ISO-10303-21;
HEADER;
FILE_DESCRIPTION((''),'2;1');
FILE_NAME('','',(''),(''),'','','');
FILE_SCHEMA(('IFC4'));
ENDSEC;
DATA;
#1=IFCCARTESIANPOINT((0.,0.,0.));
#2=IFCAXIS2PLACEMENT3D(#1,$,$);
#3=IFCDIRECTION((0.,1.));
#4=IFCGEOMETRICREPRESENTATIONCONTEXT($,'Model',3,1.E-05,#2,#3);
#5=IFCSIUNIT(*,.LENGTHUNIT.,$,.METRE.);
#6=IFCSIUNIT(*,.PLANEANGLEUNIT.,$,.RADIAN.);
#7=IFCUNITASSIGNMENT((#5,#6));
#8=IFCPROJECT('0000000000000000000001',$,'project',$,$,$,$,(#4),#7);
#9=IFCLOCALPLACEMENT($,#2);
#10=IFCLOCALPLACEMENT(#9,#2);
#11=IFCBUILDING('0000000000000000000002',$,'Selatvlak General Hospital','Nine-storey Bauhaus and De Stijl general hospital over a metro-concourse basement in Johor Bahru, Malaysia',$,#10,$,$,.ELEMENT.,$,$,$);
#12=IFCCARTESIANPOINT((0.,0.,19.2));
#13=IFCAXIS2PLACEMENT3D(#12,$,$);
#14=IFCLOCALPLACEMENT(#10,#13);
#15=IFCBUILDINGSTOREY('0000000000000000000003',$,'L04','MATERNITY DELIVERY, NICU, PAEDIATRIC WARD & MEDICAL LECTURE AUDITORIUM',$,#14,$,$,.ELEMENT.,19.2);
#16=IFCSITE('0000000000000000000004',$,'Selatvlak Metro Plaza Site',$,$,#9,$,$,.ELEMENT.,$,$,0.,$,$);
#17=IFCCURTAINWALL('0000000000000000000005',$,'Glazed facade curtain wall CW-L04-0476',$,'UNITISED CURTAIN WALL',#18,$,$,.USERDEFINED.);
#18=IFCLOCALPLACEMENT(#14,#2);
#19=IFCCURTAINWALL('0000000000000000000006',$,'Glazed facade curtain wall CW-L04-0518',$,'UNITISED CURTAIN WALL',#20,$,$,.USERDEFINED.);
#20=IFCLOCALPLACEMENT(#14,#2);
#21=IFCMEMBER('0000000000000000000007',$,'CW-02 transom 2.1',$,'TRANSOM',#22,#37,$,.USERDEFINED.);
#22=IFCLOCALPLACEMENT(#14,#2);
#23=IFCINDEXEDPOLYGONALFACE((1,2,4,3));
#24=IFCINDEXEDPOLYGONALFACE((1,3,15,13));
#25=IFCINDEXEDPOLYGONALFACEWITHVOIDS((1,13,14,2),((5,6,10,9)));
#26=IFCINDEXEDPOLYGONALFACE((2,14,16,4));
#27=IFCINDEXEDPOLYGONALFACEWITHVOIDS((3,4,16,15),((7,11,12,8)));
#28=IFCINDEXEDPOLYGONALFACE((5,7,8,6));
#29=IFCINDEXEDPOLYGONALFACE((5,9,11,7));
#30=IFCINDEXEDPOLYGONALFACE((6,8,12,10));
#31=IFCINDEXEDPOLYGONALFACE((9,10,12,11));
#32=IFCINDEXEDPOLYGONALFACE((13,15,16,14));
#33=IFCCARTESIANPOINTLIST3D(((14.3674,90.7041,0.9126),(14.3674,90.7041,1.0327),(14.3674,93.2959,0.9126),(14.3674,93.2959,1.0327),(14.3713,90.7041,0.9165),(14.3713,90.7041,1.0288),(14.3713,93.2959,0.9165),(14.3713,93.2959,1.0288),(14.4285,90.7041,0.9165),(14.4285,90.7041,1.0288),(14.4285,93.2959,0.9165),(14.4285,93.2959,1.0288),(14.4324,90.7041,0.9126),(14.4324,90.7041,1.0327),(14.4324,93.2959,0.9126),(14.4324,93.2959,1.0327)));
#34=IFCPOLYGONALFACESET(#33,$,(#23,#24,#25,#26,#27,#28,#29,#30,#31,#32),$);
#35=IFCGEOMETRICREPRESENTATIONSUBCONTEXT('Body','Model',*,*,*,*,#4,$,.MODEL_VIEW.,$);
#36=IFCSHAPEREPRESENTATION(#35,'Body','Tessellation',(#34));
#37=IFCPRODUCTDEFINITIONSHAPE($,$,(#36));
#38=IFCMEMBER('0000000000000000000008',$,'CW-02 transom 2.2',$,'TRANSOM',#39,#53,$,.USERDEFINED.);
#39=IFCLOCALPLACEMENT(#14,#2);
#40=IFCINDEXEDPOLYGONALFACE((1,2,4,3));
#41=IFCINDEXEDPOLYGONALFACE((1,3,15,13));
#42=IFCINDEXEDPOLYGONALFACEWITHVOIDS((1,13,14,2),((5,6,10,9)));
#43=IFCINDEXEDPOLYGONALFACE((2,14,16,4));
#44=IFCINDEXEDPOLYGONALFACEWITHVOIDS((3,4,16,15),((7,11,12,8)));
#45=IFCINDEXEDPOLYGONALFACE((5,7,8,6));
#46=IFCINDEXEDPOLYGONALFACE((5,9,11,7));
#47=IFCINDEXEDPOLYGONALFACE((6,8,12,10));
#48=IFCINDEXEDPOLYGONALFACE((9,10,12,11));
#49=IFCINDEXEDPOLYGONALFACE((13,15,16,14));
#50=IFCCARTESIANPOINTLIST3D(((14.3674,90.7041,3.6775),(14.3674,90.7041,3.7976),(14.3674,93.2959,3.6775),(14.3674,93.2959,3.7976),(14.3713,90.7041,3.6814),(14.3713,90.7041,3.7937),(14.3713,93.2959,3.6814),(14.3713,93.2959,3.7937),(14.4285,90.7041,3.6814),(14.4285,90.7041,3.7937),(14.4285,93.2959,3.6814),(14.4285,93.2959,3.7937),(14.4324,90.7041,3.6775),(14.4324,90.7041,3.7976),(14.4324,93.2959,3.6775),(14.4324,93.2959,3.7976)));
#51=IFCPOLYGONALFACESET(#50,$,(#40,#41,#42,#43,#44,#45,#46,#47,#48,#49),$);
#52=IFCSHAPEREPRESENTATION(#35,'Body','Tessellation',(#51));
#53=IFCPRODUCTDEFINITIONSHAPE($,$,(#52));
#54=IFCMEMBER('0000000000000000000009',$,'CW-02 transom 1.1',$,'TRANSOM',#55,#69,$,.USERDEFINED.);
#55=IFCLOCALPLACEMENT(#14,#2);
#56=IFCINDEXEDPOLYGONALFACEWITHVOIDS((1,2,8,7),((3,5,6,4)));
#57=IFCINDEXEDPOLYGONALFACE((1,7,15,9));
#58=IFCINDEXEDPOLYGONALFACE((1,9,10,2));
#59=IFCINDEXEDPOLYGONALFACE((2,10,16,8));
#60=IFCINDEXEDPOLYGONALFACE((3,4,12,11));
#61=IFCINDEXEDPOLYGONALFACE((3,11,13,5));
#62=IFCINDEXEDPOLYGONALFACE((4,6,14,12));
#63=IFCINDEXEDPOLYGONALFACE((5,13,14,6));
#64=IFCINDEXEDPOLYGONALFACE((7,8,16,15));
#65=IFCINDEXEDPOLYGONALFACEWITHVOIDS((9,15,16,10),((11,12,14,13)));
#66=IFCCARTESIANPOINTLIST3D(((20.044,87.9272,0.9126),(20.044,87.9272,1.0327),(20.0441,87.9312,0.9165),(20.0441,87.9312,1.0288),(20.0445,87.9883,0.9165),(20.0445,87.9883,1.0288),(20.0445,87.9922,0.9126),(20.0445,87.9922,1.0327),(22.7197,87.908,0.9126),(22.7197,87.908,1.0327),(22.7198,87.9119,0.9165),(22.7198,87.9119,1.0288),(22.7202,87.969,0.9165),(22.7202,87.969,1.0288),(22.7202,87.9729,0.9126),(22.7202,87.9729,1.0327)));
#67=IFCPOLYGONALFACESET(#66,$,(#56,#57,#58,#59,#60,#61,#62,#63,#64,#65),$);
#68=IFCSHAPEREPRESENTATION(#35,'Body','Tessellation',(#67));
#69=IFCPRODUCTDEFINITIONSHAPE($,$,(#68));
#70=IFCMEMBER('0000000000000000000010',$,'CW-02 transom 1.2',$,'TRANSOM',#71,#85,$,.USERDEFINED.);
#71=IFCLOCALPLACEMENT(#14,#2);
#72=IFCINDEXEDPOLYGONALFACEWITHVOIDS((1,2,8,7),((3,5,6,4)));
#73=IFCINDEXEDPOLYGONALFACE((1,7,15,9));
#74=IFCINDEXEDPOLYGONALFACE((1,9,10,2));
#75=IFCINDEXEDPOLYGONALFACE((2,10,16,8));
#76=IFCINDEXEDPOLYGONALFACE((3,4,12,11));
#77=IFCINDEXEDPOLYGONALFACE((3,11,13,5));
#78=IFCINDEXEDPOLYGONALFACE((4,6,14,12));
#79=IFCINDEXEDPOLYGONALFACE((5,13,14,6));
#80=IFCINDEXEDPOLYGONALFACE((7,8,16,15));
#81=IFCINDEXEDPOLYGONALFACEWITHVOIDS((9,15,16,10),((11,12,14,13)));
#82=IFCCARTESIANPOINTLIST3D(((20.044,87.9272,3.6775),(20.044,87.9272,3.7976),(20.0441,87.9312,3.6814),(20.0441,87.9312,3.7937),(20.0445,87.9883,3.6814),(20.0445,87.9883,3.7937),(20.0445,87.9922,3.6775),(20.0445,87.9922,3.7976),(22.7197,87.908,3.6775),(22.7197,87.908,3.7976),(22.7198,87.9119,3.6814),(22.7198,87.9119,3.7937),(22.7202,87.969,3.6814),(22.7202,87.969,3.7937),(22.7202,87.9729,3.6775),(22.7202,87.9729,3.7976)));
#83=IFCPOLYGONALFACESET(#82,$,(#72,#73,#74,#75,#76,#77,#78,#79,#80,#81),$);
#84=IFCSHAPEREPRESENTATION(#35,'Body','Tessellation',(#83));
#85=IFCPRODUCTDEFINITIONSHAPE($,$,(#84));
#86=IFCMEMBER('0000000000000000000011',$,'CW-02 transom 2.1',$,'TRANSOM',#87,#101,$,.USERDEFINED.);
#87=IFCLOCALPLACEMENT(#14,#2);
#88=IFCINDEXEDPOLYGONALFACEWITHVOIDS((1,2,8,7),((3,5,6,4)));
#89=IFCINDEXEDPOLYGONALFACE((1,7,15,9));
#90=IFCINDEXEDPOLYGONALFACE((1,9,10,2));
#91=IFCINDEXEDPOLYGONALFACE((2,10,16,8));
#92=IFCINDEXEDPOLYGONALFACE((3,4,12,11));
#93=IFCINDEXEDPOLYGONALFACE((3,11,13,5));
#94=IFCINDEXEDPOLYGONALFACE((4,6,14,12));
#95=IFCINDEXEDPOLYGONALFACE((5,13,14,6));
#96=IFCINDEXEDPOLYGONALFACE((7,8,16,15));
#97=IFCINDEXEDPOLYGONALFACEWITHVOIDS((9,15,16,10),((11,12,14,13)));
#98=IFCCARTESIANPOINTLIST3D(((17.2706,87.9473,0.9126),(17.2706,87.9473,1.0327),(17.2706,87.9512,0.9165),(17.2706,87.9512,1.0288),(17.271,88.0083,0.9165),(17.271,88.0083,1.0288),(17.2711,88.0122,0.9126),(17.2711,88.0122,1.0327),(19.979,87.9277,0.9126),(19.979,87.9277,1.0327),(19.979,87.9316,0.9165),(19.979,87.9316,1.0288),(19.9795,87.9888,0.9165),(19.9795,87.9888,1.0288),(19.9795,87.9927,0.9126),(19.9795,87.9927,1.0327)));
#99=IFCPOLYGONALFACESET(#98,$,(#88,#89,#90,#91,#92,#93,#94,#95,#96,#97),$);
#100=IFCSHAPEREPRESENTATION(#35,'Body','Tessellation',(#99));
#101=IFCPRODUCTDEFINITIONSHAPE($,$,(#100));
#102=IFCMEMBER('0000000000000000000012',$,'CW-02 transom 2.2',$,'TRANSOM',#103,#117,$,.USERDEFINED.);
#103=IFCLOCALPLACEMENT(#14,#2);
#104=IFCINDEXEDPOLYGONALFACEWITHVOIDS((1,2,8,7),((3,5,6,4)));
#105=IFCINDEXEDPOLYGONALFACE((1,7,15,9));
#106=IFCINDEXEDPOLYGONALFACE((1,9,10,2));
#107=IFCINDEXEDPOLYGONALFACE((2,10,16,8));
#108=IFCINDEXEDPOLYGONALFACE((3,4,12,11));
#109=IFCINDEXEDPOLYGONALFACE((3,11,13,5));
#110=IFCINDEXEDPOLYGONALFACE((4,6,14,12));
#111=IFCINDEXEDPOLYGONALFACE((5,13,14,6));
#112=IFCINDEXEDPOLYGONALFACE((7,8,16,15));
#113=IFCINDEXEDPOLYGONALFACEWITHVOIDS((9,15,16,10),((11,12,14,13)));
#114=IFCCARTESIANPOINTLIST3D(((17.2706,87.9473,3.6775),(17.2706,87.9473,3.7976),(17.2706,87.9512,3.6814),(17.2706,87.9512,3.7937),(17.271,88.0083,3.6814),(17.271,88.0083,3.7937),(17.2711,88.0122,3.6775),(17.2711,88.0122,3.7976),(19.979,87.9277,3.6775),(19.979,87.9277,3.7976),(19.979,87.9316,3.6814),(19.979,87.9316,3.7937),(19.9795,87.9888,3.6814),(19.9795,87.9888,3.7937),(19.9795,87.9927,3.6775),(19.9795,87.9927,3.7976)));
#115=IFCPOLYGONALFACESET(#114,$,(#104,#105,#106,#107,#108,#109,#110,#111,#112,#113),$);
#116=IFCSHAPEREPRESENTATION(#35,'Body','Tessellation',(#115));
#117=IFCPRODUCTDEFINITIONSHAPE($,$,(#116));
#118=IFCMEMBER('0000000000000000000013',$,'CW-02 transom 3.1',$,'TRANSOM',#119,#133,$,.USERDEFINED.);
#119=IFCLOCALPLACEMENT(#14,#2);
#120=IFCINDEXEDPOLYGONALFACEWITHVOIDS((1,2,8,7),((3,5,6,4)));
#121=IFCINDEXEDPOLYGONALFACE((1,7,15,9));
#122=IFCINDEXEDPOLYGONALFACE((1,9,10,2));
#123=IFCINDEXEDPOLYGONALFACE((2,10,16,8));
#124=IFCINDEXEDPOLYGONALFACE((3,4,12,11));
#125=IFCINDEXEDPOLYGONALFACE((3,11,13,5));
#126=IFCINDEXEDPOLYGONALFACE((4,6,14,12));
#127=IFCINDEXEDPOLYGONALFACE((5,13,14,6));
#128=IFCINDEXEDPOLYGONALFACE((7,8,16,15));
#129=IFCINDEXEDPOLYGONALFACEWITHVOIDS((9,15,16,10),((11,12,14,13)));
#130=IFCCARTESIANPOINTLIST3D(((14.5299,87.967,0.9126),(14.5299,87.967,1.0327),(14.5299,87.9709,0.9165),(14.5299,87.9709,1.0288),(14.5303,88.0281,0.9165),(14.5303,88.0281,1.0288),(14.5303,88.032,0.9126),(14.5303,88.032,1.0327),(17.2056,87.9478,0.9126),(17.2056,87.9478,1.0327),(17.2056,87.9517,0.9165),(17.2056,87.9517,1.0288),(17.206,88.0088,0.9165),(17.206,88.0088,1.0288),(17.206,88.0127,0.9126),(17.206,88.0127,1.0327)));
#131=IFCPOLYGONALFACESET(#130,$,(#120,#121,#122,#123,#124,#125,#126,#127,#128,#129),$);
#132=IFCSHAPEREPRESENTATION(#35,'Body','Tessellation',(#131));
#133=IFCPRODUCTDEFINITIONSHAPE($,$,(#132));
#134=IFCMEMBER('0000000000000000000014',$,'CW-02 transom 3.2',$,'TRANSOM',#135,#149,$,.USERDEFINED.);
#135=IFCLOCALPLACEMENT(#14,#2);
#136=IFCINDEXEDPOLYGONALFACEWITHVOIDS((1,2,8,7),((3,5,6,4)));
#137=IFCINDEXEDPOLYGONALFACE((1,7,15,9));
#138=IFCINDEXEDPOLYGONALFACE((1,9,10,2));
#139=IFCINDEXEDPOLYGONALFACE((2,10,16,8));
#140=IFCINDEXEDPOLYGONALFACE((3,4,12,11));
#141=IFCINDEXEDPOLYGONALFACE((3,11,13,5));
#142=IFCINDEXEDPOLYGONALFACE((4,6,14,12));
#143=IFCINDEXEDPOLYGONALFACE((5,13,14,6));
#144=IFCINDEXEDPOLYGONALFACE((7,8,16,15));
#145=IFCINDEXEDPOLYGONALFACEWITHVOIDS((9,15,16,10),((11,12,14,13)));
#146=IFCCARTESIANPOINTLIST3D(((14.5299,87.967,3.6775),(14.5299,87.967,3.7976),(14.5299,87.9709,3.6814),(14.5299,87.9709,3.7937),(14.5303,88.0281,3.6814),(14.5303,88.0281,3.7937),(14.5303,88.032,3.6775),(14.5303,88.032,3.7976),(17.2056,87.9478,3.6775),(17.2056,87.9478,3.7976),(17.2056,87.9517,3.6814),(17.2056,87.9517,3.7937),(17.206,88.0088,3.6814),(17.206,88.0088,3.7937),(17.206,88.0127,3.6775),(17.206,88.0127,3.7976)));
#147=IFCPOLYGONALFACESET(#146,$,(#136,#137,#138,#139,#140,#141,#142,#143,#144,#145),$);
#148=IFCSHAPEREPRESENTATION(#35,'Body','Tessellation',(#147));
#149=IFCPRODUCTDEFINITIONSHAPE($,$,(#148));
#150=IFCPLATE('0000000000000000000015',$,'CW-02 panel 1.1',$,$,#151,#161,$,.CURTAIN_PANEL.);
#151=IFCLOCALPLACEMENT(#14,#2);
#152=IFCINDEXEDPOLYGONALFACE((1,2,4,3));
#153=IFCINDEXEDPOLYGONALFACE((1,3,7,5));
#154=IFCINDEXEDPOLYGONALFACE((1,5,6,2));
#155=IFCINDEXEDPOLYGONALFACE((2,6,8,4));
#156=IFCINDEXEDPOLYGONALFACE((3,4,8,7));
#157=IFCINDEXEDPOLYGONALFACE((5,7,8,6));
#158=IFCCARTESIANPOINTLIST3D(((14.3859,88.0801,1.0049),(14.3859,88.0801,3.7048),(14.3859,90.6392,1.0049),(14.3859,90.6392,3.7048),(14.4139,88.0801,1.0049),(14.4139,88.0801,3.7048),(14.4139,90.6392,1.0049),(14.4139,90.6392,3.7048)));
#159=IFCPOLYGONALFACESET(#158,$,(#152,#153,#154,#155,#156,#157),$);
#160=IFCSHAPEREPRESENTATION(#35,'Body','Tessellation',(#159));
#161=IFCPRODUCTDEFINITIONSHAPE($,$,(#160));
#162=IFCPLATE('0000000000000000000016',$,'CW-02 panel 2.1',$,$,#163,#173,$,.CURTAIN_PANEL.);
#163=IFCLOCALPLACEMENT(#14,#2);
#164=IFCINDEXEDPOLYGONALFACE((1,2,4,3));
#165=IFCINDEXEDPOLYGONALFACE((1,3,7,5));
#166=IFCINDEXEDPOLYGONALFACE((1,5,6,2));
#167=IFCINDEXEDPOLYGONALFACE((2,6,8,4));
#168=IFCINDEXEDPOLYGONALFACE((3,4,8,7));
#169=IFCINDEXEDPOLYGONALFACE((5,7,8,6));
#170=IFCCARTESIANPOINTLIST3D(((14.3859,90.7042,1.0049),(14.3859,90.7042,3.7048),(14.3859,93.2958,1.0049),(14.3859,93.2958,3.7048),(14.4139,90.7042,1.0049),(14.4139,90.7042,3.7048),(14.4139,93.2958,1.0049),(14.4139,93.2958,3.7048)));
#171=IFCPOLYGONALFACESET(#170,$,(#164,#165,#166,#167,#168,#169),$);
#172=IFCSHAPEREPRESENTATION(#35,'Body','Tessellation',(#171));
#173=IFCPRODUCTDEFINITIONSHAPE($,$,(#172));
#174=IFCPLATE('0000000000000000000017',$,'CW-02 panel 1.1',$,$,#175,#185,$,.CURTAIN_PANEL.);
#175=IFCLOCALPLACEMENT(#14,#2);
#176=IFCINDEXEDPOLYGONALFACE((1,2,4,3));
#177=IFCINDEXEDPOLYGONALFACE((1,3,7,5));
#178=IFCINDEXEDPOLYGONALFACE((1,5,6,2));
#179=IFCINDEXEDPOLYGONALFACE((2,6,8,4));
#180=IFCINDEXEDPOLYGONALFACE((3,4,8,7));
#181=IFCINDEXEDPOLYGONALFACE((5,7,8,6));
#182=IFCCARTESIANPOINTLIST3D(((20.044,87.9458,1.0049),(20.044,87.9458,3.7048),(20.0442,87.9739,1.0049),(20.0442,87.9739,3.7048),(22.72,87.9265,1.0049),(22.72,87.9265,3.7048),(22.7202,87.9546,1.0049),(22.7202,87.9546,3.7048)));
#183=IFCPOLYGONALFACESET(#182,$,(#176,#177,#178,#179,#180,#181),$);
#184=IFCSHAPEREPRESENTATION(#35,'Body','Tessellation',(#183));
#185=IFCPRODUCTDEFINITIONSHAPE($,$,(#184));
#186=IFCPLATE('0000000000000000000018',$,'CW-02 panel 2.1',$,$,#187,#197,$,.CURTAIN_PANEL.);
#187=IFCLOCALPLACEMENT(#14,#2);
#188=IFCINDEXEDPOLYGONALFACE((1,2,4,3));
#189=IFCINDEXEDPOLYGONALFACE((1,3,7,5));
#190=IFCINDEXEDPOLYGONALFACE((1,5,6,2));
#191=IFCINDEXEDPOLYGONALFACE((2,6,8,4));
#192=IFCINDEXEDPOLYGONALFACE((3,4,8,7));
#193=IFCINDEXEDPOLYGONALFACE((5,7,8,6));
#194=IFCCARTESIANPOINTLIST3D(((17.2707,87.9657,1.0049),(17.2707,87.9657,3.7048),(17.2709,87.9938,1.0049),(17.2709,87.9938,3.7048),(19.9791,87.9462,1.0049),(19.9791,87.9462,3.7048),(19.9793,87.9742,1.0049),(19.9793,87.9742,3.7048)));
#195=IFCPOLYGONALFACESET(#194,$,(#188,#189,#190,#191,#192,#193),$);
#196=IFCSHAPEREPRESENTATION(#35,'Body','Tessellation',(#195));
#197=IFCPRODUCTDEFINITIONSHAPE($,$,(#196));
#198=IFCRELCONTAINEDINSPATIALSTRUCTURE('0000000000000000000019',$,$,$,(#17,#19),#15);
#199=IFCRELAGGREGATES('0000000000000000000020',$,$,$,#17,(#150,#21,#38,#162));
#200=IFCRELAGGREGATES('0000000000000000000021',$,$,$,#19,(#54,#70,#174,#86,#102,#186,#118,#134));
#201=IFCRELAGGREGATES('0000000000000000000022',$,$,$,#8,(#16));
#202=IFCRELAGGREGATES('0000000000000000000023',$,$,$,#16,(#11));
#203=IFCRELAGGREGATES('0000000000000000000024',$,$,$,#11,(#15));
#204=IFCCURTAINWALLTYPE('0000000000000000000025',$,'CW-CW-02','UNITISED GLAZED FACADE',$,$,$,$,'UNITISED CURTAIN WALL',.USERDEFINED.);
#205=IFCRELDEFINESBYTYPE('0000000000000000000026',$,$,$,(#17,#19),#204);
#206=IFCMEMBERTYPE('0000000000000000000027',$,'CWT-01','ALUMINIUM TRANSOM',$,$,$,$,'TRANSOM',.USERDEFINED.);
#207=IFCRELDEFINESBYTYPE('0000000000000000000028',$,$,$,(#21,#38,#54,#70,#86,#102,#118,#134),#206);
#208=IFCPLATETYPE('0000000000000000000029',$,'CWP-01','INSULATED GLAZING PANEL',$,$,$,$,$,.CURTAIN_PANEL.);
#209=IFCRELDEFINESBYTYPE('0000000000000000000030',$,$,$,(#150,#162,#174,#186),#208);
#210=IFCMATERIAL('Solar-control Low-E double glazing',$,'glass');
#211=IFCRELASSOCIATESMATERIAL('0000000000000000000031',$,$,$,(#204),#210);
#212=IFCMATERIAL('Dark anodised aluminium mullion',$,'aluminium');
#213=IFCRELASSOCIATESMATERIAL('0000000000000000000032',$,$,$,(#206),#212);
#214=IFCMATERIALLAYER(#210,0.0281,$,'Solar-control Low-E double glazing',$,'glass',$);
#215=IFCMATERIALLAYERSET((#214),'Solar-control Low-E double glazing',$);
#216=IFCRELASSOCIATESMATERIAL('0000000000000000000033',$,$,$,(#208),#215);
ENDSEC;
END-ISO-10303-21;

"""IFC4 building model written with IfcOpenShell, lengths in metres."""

from ifc_helpers import new_model, si_unit, direction, frame, origin, origin_2d, place, context, subcontext, project, spatial, rectangle, hollow_rectangle, extrude, material, layer, layer_set, material_profile, profile_set, type_object, element, aggregate, save


model = new_model("IFC4")

# Units and contexts
model_context = context("Model", 3, precision=1e-05, world=origin(), true_north=direction((0.0, 1.0)))
body_context = subcontext(model_context, "Body", "Model", "MODEL_VIEW")
ifc_project = project(units=[si_unit("LENGTHUNIT", "METRE"), si_unit("PLANEANGLEUNIT", "RADIAN")], contexts=[model_context])

# Site, building, storey
site_placement = place(None, origin())
site = spatial("IfcSite", under=ifc_project, at=site_placement, Name="Selatvlak Metro Plaza Site", CompositionType="ELEMENT", RefElevation=0.0)
building_placement = place(site_placement, origin())
building = spatial("IfcBuilding", under=site, at=building_placement, Name="Selatvlak General Hospital", Description="Nine-storey Bauhaus and De Stijl general hospital over a metro-concourse basement in Johor Bahru, Malaysia", CompositionType="ELEMENT")
storey_placement = place(building_placement, frame((0.0, 0.0, 19.2)))
storey = spatial("IfcBuildingStorey", under=building, at=storey_placement, Name="L04", Description="MATERNITY DELIVERY, NICU, PAEDIATRIC WARD & MEDICAL LECTURE AUDITORIUM", CompositionType="ELEMENT", Elevation=19.2)

# Curtain walls
ifc_material_1 = material(Name="Solar-control Low-E double glazing", Category="glass")
curtain_wall_type = type_object("IfcCurtainWallType", Name="CW-CW-02", Description="UNITISED GLAZED FACADE", ElementType="UNITISED CURTAIN WALL", PredefinedType="USERDEFINED", material=ifc_material_1)
curtain_wall_1_placement = place(storey_placement, origin())
curtain_wall_1 = element("IfcCurtainWall", 1, at=curtain_wall_1_placement, inside=storey, type_object=curtain_wall_type, Name="Glazed facade curtain wall CW-L04-0476", ObjectType="UNITISED CURTAIN WALL", PredefinedType="USERDEFINED")
ifc_material_2 = material(Name="Dark anodised aluminium mullion", Category="aluminium")
curtain_wall_2_placement = place(storey_placement, origin())
curtain_wall_2 = element("IfcCurtainWall", 2, at=curtain_wall_2_placement, inside=storey, type_object=curtain_wall_type, Name="Glazed facade curtain wall CW-L04-0518", ObjectType="UNITISED CURTAIN WALL", PredefinedType="USERDEFINED")

# Members
ifc_material_profile_1 = material_profile(ifc_material_2, hollow_rectangle(XDim=0.0649, YDim=0.1201, WallThickness=0.0039, at=origin_2d()), Name="AL-TRN 65x120x4")
ifc_profile_set_1 = profile_set([ifc_material_profile_1], Name="Dark anodised aluminium mullion")
member_type_1 = type_object("IfcMemberType", Name="CWT-01", Description="ALUMINIUM TRANSOM", ElementType="TRANSOM", PredefinedType="USERDEFINED", material=ifc_profile_set_1)
member_1_placement = place(storey_placement, frame((14.3999, 90.7041, 0.9727), z_axis=(0.0, 1.0, 0.0), x_axis=(-1.0, 0.0, 0.0)))
member_1 = element("IfcMember", 3, at=member_1_placement, type_object=member_type_1, Name="CW-02 transom 2.1", ObjectType="TRANSOM", PredefinedType="USERDEFINED", context=body_context, shape_type="SweptSolid", body=[
    extrude(hollow_rectangle(XDim=0.0649, YDim=0.1201, WallThickness=0.0039, at=origin_2d()), origin(), (0.0, 0.0, 1.0), 2.5918),
])
member_2_placement = place(storey_placement, frame((14.3999, 90.7041, 3.7375), z_axis=(0.0, 1.0, 0.0), x_axis=(-1.0, 0.0, 0.0)))
member_2 = element("IfcMember", 4, at=member_2_placement, type_object=member_type_1, Name="CW-02 transom 2.2", ObjectType="TRANSOM", PredefinedType="USERDEFINED", context=body_context, shape_type="SweptSolid", body=[
    extrude(hollow_rectangle(XDim=0.0649, YDim=0.1201, WallThickness=0.0039, at=origin_2d()), origin(), (0.0, 0.0, 1.0), 2.5918),
])
member_3_placement = place(storey_placement, frame((22.72, 87.9404, 0.9727), z_axis=(-0.999974, 0.007208, 0.0), x_axis=(-0.007208, -0.999974, 0.0)))
member_3 = element("IfcMember", 5, at=member_3_placement, type_object=member_type_1, Name="CW-02 transom 1.1", ObjectType="TRANSOM", PredefinedType="USERDEFINED", context=body_context, shape_type="SweptSolid", body=[
    extrude(hollow_rectangle(XDim=0.0649, YDim=0.1201, WallThickness=0.0039, at=origin_2d()), origin(), (0.0, 0.0, 1.0), 2.6758),
])
member_4_placement = place(storey_placement, frame((22.72, 87.9404, 3.7375), z_axis=(-0.999974, 0.007208, 0.0), x_axis=(-0.007208, -0.999974, 0.0)))
member_4 = element("IfcMember", 6, at=member_4_placement, type_object=member_type_1, Name="CW-02 transom 1.2", ObjectType="TRANSOM", PredefinedType="USERDEFINED", context=body_context, shape_type="SweptSolid", body=[
    extrude(hollow_rectangle(XDim=0.0649, YDim=0.1201, WallThickness=0.0039, at=origin_2d()), origin(), (0.0, 0.0, 1.0), 2.6758),
])
member_5_placement = place(storey_placement, frame((19.9792, 87.9602, 0.9727), z_axis=(-0.999974, 0.007211, 0.0), x_axis=(-0.007211, -0.999974, 0.0)))
member_5 = element("IfcMember", 7, at=member_5_placement, type_object=member_type_1, Name="CW-02 transom 2.1", ObjectType="TRANSOM", PredefinedType="USERDEFINED", context=body_context, shape_type="SweptSolid", body=[
    extrude(hollow_rectangle(XDim=0.0649, YDim=0.1201, WallThickness=0.0039, at=origin_2d()), origin(), (0.0, 0.0, 1.0), 2.7085),
])
member_6_placement = place(storey_placement, frame((19.9792, 87.9602, 3.7375), z_axis=(-0.999974, 0.007211, 0.0), x_axis=(-0.007211, -0.999974, 0.0)))
member_6 = element("IfcMember", 8, at=member_6_placement, type_object=member_type_1, Name="CW-02 transom 2.2", ObjectType="TRANSOM", PredefinedType="USERDEFINED", context=body_context, shape_type="SweptSolid", body=[
    extrude(hollow_rectangle(XDim=0.0649, YDim=0.1201, WallThickness=0.0039, at=origin_2d()), origin(), (0.0, 0.0, 1.0), 2.7085),
])
member_7_placement = place(storey_placement, frame((17.2058, 87.9802, 0.9727), z_axis=(-0.999974, 0.007208, 0.0), x_axis=(-0.007208, -0.999974, 0.0)))
member_7 = element("IfcMember", 9, at=member_7_placement, type_object=member_type_1, Name="CW-02 transom 3.1", ObjectType="TRANSOM", PredefinedType="USERDEFINED", context=body_context, shape_type="SweptSolid", body=[
    extrude(hollow_rectangle(XDim=0.0649, YDim=0.1201, WallThickness=0.0039, at=origin_2d()), origin(), (0.0, 0.0, 1.0), 2.6758),
])
member_8_placement = place(storey_placement, frame((17.2058, 87.9802, 3.7375), z_axis=(-0.999974, 0.007208, 0.0), x_axis=(-0.007208, -0.999974, 0.0)))
member_8 = element("IfcMember", 10, at=member_8_placement, type_object=member_type_1, Name="CW-02 transom 3.2", ObjectType="TRANSOM", PredefinedType="USERDEFINED", context=body_context, shape_type="SweptSolid", body=[
    extrude(hollow_rectangle(XDim=0.0649, YDim=0.1201, WallThickness=0.0039, at=origin_2d()), origin(), (0.0, 0.0, 1.0), 2.6758),
])

# Plates
ifc_layer_1 = layer(ifc_material_1, 0.0281, Name="Solar-control Low-E double glazing", Category="glass")
ifc_layer_set_1 = layer_set([ifc_layer_1], Name="Solar-control Low-E double glazing")
plate_type = type_object("IfcPlateType", Name="CWP-01", Description="INSULATED GLAZING PANEL", PredefinedType="CURTAIN_PANEL", material=ifc_layer_set_1)
plate_1_placement = place(storey_placement, frame((14.3999, 89.3596, 1.0049), z_axis=(0.0, 0.0, 1.0), x_axis=(0.0, 1.0, 0.0)))
plate_1 = element("IfcPlate", 11, at=plate_1_placement, type_object=plate_type, Name="CW-02 panel 1.1", PredefinedType="CURTAIN_PANEL", context=body_context, shape_type="SweptSolid", body=[
    extrude(rectangle(XDim=2.5591, YDim=0.0281, at=origin_2d()), origin(), (0.0, 0.0, 1.0), 2.7),
])
plate_2_placement = place(storey_placement, frame((14.3999, 92.0, 1.0049), z_axis=(0.0, 0.0, 1.0), x_axis=(0.0, 1.0, 0.0)))
plate_2 = element("IfcPlate", 12, at=plate_2_placement, type_object=plate_type, Name="CW-02 panel 2.1", PredefinedType="CURTAIN_PANEL", context=body_context, shape_type="SweptSolid", body=[
    extrude(rectangle(XDim=2.5916, YDim=0.0281, at=origin_2d()), origin(), (0.0, 0.0, 1.0), 2.7),
])
aggregate(curtain_wall_1, [plate_1, member_1, member_2, plate_2])
plate_3_placement = place(storey_placement, frame((21.3821, 87.9502, 1.0049), z_axis=(0.0, 0.0, 1.0), x_axis=(-0.999974, 0.007211, 0.0)))
plate_3 = element("IfcPlate", 13, at=plate_3_placement, type_object=plate_type, Name="CW-02 panel 1.1", PredefinedType="CURTAIN_PANEL", context=body_context, shape_type="SweptSolid", body=[
    extrude(rectangle(XDim=2.676, YDim=0.0281, at=origin_2d()), origin(), (0.0, 0.0, 1.0), 2.7),
])
plate_4_placement = place(storey_placement, frame((18.625, 87.97, 1.0049), z_axis=(0.0, 0.0, 1.0), x_axis=(-0.999974, 0.007211, 0.0)))
plate_4 = element("IfcPlate", 14, at=plate_4_placement, type_object=plate_type, Name="CW-02 panel 2.1", PredefinedType="CURTAIN_PANEL", context=body_context, shape_type="SweptSolid", body=[
    extrude(rectangle(XDim=2.7085, YDim=0.0281, at=origin_2d()), origin(), (0.0, 0.0, 1.0), 2.7),
])
aggregate(curtain_wall_2, [member_3, member_4, plate_3, member_5, member_6, plate_4, member_7, member_8])

save(model, "model.ifc")
